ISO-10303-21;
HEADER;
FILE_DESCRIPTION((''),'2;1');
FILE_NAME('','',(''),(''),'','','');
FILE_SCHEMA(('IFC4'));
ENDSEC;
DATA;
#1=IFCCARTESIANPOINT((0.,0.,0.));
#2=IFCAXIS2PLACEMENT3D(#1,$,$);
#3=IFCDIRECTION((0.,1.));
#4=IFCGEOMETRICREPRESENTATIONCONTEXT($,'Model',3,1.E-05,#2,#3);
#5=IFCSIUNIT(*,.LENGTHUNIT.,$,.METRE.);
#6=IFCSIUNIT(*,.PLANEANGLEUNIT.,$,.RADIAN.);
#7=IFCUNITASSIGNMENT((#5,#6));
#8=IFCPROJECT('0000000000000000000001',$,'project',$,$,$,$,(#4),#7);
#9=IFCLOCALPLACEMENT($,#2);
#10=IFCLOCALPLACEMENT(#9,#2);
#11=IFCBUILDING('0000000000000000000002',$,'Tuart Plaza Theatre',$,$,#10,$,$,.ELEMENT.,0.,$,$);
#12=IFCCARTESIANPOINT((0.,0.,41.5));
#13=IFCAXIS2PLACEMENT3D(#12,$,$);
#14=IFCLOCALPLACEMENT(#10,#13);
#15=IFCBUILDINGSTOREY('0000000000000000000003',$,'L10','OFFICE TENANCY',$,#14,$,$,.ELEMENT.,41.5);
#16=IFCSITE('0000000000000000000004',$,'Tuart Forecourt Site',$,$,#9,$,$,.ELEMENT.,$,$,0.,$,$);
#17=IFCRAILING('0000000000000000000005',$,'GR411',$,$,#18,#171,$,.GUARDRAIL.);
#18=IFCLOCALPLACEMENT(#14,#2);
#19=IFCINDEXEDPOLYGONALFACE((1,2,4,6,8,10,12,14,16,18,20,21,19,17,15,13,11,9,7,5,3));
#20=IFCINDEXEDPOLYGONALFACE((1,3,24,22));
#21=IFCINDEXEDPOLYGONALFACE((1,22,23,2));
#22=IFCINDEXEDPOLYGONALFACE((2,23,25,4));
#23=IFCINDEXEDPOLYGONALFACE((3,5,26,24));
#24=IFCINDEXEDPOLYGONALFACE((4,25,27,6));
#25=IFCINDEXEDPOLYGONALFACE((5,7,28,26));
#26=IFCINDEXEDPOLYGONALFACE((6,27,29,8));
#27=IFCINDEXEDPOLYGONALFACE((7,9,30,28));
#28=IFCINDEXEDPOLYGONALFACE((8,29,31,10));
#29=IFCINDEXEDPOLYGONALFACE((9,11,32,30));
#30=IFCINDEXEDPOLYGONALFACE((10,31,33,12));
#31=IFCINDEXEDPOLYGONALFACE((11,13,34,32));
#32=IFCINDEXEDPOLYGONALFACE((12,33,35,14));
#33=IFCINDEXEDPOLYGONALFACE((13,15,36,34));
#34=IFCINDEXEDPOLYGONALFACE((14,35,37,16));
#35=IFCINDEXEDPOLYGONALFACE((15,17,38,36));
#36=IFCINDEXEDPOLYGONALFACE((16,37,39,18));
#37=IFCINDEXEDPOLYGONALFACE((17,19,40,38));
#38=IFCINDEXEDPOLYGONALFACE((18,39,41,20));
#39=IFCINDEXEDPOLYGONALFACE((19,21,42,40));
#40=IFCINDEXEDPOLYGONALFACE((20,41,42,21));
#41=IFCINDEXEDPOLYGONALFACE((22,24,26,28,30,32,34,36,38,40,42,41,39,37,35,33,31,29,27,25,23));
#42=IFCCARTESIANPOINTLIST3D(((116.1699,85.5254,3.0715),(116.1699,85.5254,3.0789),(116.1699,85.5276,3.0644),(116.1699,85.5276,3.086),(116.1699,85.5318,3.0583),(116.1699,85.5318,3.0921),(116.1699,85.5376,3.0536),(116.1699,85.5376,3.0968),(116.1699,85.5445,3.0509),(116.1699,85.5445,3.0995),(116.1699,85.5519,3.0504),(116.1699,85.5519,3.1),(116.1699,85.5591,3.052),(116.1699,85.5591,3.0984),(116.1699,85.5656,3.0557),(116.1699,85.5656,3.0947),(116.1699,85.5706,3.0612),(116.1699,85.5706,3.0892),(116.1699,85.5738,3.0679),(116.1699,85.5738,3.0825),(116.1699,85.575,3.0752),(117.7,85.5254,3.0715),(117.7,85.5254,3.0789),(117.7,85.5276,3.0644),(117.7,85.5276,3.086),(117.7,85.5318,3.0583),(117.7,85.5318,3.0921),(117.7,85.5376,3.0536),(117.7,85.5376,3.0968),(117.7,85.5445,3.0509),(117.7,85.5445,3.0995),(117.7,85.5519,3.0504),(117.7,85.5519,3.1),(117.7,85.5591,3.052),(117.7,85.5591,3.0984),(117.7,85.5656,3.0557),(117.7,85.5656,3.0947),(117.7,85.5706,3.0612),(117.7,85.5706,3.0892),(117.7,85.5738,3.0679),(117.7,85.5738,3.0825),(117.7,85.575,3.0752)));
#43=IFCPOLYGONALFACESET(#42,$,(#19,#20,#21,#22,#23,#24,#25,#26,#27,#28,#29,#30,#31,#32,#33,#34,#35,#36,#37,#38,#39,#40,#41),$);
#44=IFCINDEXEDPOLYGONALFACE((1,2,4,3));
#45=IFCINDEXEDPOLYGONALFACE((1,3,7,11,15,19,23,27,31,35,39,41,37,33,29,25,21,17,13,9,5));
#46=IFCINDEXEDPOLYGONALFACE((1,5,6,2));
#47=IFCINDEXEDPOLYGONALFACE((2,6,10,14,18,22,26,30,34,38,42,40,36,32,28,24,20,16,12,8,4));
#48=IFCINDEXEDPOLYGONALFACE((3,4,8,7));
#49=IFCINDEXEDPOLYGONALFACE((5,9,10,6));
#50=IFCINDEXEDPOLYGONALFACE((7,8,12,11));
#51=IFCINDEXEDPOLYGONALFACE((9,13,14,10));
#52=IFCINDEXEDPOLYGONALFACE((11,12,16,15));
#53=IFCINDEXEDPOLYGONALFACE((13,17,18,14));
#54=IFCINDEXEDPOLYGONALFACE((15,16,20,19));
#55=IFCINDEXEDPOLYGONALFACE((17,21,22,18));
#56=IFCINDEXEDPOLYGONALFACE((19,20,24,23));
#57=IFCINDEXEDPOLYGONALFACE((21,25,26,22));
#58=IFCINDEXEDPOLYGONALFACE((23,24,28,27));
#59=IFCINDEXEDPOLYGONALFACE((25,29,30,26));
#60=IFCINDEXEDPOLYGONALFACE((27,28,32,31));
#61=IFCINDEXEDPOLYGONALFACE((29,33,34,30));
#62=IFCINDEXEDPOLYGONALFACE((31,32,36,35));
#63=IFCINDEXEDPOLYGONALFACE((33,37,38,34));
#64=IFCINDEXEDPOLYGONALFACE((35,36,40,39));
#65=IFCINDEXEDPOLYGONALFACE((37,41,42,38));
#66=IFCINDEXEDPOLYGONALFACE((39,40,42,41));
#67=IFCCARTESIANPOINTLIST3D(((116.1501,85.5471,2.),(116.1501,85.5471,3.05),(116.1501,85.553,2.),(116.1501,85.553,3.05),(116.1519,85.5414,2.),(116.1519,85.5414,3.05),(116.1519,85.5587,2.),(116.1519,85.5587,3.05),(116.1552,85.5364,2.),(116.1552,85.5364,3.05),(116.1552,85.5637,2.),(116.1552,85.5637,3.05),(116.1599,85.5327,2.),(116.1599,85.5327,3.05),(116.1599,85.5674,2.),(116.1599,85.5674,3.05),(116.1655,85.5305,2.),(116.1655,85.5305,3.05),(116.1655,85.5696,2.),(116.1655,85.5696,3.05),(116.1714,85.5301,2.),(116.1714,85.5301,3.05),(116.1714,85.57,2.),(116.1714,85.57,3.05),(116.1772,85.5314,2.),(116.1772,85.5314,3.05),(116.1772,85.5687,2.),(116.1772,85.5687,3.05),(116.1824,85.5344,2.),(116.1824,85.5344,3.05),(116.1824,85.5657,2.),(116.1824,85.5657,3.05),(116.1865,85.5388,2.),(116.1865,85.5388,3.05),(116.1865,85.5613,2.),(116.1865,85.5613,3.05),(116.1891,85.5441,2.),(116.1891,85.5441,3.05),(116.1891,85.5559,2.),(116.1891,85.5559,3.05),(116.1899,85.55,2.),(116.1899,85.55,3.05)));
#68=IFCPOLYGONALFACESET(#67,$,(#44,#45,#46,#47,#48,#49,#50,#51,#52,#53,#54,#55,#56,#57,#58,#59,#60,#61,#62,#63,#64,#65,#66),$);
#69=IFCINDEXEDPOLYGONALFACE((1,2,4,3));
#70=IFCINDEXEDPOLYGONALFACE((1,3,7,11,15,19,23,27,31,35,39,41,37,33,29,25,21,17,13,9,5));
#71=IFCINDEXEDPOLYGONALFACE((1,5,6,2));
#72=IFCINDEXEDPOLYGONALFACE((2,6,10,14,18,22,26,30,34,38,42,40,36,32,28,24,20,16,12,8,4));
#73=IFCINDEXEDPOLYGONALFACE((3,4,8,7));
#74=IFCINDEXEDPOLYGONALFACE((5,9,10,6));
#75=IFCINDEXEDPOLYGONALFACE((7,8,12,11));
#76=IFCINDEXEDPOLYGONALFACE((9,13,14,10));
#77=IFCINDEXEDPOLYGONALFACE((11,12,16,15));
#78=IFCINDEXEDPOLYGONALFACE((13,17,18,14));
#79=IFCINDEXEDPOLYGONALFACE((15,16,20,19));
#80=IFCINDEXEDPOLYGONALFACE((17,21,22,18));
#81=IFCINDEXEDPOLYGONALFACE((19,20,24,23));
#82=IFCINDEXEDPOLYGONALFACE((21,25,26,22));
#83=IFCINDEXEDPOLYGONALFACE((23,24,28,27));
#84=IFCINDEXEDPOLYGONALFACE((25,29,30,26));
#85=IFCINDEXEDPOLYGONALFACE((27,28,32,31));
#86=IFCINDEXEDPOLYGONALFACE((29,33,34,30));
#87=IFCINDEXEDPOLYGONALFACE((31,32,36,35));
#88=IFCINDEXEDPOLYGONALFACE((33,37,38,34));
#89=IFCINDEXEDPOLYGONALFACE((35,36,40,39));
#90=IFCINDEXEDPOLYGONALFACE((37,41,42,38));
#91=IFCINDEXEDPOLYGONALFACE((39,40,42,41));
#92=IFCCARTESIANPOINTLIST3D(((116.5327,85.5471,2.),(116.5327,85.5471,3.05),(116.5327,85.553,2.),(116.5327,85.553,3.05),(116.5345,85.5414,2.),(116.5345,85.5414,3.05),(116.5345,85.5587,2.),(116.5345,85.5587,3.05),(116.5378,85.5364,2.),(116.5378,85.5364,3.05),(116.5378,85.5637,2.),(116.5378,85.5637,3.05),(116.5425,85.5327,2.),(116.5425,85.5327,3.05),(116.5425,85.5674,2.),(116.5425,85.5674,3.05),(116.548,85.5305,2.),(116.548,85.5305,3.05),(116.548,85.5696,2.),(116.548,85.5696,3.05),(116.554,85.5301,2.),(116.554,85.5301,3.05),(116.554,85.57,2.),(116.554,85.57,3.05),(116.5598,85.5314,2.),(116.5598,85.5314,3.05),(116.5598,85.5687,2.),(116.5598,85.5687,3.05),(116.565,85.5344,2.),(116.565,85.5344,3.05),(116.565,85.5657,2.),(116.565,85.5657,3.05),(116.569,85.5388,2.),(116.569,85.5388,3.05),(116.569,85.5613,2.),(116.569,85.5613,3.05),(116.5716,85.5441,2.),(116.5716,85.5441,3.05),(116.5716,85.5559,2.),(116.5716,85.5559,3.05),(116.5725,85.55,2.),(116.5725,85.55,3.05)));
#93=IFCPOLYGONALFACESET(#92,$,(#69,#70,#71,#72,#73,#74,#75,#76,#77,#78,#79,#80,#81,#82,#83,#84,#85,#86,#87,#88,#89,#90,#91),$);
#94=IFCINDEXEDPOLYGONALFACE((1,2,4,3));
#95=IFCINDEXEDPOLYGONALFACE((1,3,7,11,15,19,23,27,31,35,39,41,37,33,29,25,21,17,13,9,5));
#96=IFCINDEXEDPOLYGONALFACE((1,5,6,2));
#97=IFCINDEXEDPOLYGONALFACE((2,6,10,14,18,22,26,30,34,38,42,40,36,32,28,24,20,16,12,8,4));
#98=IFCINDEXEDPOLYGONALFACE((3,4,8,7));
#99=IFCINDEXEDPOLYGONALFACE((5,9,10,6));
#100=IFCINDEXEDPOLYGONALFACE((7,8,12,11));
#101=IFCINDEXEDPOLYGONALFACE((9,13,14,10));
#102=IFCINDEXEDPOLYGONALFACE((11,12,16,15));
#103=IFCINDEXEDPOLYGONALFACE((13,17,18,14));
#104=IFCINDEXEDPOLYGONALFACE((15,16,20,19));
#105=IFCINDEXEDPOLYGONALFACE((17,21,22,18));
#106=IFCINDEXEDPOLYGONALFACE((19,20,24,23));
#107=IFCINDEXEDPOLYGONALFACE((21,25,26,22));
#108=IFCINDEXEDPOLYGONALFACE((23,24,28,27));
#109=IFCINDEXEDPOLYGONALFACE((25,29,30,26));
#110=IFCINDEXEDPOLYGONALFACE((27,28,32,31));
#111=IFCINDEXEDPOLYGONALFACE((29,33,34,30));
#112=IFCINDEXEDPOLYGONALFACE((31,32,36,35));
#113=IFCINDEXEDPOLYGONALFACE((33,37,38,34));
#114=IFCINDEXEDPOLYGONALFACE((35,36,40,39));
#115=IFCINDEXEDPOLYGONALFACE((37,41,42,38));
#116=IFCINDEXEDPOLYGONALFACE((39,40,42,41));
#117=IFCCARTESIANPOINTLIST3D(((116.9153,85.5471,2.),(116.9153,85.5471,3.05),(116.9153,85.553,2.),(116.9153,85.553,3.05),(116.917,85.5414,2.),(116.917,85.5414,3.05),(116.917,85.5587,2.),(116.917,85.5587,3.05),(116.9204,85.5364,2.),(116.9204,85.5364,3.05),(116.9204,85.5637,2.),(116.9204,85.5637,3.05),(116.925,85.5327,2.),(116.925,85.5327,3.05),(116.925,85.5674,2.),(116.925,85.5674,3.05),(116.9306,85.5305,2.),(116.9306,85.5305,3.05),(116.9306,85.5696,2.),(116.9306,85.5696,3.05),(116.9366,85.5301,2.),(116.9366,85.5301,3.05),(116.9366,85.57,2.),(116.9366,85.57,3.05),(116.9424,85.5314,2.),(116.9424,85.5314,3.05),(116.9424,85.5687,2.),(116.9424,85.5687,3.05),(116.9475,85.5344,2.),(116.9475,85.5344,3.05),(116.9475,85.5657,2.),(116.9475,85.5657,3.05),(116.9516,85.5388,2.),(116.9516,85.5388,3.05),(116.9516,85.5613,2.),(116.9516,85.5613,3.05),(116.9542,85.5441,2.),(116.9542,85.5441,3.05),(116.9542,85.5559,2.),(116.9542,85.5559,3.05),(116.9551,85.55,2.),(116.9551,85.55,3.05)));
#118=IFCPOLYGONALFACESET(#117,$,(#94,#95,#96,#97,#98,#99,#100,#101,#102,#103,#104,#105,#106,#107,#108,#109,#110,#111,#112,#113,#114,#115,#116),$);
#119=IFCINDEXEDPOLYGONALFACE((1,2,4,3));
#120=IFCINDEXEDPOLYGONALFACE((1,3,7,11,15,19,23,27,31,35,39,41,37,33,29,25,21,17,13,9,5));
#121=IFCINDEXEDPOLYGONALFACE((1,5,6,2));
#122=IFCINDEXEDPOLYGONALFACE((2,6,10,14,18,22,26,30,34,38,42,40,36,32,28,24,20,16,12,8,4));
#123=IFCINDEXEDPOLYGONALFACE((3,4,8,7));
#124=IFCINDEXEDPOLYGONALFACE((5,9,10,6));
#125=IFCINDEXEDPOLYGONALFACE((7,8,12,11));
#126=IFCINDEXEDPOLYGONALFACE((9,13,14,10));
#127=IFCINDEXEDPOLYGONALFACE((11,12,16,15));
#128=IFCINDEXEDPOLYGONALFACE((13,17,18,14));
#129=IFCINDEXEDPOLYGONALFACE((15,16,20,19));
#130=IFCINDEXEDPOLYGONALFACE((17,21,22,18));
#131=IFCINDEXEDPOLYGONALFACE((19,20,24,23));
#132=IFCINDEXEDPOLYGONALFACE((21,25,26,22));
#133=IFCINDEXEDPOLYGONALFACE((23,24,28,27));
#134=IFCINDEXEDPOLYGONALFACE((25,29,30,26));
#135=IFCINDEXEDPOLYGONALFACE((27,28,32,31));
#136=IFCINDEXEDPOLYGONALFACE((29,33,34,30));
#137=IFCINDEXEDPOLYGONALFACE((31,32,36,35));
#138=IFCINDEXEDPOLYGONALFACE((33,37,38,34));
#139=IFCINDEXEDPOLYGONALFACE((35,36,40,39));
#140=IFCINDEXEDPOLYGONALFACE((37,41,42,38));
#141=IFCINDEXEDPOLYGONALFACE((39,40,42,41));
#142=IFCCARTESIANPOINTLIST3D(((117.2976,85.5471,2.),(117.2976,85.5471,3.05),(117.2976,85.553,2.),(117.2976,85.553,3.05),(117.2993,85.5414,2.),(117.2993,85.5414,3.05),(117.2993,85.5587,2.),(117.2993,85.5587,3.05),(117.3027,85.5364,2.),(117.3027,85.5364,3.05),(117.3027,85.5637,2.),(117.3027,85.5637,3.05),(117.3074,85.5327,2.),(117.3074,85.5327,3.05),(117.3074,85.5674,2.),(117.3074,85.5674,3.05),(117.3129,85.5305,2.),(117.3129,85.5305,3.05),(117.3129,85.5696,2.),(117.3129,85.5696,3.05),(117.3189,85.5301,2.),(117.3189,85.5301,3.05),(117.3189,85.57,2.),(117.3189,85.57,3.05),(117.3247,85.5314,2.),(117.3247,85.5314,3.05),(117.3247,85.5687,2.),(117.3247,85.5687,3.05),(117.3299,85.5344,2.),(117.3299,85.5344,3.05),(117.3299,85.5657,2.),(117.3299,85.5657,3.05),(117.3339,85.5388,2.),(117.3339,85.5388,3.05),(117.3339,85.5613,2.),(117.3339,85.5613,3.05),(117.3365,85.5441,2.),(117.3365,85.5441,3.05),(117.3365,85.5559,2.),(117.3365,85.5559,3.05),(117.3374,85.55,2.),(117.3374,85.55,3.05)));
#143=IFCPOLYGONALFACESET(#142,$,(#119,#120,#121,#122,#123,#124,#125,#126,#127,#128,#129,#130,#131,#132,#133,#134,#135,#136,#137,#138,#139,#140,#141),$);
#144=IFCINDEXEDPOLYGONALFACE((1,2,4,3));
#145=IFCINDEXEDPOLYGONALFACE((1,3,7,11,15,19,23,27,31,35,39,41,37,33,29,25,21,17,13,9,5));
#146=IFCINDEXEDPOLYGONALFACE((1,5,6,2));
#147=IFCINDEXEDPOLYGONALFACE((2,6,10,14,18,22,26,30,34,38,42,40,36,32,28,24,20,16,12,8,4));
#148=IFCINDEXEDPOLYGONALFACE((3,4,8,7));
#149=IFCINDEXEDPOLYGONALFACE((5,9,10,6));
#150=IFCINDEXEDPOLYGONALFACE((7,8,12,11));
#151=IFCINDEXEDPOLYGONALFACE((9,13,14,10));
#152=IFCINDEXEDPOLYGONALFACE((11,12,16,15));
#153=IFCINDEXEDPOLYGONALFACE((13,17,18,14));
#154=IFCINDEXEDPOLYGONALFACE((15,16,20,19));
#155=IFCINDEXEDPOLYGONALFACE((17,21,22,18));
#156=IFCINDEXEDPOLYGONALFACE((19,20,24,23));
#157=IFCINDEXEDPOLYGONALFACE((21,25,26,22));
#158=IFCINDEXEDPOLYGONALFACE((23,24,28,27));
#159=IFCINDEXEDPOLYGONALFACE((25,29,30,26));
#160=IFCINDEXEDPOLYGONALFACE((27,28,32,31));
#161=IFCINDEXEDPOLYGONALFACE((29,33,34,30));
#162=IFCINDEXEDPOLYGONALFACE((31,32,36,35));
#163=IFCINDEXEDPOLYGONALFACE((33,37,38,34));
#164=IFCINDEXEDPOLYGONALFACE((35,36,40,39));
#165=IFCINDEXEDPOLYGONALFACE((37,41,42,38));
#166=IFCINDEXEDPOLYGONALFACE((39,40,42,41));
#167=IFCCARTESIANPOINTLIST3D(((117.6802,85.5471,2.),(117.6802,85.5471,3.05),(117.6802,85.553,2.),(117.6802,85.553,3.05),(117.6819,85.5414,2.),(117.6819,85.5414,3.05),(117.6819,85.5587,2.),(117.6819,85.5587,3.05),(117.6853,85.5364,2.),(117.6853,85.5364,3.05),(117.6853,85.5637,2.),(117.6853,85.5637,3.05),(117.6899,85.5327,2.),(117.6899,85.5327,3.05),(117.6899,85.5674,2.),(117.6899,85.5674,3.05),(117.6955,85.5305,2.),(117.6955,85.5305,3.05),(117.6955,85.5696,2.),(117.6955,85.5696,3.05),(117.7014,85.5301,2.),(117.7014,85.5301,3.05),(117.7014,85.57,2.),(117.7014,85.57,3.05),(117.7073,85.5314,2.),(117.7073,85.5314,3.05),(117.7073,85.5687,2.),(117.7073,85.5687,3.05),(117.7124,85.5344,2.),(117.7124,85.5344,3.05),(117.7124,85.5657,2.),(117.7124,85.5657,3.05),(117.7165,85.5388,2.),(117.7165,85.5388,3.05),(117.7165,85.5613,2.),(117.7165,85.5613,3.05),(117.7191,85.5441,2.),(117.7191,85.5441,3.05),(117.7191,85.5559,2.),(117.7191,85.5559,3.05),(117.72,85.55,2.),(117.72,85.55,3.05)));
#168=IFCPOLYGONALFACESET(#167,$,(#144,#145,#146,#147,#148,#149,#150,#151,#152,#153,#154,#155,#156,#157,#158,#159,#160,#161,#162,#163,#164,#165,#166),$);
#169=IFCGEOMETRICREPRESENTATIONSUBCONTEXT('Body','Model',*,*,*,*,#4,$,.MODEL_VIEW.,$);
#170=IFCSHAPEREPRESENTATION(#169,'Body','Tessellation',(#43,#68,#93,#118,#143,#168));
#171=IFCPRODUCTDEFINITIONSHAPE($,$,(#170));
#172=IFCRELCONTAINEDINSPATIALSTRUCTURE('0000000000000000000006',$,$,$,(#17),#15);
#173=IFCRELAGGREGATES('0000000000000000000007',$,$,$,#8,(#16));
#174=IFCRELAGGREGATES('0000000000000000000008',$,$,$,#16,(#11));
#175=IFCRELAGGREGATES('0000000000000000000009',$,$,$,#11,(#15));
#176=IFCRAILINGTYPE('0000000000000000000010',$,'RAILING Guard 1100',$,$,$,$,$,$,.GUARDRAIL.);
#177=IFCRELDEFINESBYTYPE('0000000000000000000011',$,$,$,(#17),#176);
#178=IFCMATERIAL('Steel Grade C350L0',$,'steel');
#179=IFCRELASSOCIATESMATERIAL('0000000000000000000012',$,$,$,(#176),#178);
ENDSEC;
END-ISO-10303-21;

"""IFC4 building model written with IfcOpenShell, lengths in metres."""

from ifc_helpers import new_model, si_unit, direction, frame, origin, origin_2d, place, context, subcontext, project, spatial, circle, extrude, material, type_object, element, save


model = new_model("IFC4")

# Units and contexts
model_context = context("Model", 3, precision=1e-05, world=origin(), true_north=direction((0.0, 1.0)))
body_context = subcontext(model_context, "Body", "Model", "MODEL_VIEW")
ifc_project = project(units=[si_unit("LENGTHUNIT", "METRE"), si_unit("PLANEANGLEUNIT", "RADIAN")], contexts=[model_context])

# Site, building, storey
site_placement = place(None, origin())
site = spatial("IfcSite", under=ifc_project, at=site_placement, Name="Tuart Forecourt Site", CompositionType="ELEMENT", RefElevation=0.0)
building_placement = place(site_placement, origin())
building = spatial("IfcBuilding", under=site, at=building_placement, Name="Tuart Plaza Theatre", CompositionType="ELEMENT", ElevationOfRefHeight=0.0)
storey_placement = place(building_placement, frame((0.0, 0.0, 41.5)))
storey = spatial("IfcBuildingStorey", under=building, at=storey_placement, Name="L10", Description="OFFICE TENANCY", CompositionType="ELEMENT", Elevation=41.5)

# Railing
ifc_material_1 = material(Name="Steel Grade C350L0", Category="steel")
railing_type_1 = type_object("IfcRailingType", Name="RAILING Guard 1100", PredefinedType="GUARDRAIL", material=ifc_material_1)
railing_1_placement = place(storey_placement, frame((116.1699, 85.55, 2.0)))
element("IfcRailing", 1, at=railing_1_placement, inside=storey, type_object=railing_type_1, Name="GR411", PredefinedType="GUARDRAIL", context=body_context, shape_type="SweptSolid", body=[
    extrude(circle(Radius=0.0249, at=origin_2d()), frame((0.0, 0.0, 1.0752), z_axis=(1.0, 0.0, 0.0), x_axis=(0.0, 1.0, 0.0)), (0.0, 0.0, 1.0), 1.53),
    extrude(circle(Radius=0.02, at=origin_2d()), origin(), (0.0, 0.0, 1.0), 1.05),
    extrude(circle(Radius=0.02, at=origin_2d()), frame((0.3826, 0.0, 0.0)), (0.0, 0.0, 1.0), 1.05),
    extrude(circle(Radius=0.02, at=origin_2d()), frame((0.7651, 0.0, 0.0)), (0.0, 0.0, 1.0), 1.05),
    extrude(circle(Radius=0.02, at=origin_2d()), frame((1.1475, 0.0, 0.0)), (0.0, 0.0, 1.0), 1.05),
    extrude(circle(Radius=0.02, at=origin_2d()), frame((1.53, 0.0, 0.0)), (0.0, 0.0, 1.0), 1.05),
])

save(model, "model.ifc")
